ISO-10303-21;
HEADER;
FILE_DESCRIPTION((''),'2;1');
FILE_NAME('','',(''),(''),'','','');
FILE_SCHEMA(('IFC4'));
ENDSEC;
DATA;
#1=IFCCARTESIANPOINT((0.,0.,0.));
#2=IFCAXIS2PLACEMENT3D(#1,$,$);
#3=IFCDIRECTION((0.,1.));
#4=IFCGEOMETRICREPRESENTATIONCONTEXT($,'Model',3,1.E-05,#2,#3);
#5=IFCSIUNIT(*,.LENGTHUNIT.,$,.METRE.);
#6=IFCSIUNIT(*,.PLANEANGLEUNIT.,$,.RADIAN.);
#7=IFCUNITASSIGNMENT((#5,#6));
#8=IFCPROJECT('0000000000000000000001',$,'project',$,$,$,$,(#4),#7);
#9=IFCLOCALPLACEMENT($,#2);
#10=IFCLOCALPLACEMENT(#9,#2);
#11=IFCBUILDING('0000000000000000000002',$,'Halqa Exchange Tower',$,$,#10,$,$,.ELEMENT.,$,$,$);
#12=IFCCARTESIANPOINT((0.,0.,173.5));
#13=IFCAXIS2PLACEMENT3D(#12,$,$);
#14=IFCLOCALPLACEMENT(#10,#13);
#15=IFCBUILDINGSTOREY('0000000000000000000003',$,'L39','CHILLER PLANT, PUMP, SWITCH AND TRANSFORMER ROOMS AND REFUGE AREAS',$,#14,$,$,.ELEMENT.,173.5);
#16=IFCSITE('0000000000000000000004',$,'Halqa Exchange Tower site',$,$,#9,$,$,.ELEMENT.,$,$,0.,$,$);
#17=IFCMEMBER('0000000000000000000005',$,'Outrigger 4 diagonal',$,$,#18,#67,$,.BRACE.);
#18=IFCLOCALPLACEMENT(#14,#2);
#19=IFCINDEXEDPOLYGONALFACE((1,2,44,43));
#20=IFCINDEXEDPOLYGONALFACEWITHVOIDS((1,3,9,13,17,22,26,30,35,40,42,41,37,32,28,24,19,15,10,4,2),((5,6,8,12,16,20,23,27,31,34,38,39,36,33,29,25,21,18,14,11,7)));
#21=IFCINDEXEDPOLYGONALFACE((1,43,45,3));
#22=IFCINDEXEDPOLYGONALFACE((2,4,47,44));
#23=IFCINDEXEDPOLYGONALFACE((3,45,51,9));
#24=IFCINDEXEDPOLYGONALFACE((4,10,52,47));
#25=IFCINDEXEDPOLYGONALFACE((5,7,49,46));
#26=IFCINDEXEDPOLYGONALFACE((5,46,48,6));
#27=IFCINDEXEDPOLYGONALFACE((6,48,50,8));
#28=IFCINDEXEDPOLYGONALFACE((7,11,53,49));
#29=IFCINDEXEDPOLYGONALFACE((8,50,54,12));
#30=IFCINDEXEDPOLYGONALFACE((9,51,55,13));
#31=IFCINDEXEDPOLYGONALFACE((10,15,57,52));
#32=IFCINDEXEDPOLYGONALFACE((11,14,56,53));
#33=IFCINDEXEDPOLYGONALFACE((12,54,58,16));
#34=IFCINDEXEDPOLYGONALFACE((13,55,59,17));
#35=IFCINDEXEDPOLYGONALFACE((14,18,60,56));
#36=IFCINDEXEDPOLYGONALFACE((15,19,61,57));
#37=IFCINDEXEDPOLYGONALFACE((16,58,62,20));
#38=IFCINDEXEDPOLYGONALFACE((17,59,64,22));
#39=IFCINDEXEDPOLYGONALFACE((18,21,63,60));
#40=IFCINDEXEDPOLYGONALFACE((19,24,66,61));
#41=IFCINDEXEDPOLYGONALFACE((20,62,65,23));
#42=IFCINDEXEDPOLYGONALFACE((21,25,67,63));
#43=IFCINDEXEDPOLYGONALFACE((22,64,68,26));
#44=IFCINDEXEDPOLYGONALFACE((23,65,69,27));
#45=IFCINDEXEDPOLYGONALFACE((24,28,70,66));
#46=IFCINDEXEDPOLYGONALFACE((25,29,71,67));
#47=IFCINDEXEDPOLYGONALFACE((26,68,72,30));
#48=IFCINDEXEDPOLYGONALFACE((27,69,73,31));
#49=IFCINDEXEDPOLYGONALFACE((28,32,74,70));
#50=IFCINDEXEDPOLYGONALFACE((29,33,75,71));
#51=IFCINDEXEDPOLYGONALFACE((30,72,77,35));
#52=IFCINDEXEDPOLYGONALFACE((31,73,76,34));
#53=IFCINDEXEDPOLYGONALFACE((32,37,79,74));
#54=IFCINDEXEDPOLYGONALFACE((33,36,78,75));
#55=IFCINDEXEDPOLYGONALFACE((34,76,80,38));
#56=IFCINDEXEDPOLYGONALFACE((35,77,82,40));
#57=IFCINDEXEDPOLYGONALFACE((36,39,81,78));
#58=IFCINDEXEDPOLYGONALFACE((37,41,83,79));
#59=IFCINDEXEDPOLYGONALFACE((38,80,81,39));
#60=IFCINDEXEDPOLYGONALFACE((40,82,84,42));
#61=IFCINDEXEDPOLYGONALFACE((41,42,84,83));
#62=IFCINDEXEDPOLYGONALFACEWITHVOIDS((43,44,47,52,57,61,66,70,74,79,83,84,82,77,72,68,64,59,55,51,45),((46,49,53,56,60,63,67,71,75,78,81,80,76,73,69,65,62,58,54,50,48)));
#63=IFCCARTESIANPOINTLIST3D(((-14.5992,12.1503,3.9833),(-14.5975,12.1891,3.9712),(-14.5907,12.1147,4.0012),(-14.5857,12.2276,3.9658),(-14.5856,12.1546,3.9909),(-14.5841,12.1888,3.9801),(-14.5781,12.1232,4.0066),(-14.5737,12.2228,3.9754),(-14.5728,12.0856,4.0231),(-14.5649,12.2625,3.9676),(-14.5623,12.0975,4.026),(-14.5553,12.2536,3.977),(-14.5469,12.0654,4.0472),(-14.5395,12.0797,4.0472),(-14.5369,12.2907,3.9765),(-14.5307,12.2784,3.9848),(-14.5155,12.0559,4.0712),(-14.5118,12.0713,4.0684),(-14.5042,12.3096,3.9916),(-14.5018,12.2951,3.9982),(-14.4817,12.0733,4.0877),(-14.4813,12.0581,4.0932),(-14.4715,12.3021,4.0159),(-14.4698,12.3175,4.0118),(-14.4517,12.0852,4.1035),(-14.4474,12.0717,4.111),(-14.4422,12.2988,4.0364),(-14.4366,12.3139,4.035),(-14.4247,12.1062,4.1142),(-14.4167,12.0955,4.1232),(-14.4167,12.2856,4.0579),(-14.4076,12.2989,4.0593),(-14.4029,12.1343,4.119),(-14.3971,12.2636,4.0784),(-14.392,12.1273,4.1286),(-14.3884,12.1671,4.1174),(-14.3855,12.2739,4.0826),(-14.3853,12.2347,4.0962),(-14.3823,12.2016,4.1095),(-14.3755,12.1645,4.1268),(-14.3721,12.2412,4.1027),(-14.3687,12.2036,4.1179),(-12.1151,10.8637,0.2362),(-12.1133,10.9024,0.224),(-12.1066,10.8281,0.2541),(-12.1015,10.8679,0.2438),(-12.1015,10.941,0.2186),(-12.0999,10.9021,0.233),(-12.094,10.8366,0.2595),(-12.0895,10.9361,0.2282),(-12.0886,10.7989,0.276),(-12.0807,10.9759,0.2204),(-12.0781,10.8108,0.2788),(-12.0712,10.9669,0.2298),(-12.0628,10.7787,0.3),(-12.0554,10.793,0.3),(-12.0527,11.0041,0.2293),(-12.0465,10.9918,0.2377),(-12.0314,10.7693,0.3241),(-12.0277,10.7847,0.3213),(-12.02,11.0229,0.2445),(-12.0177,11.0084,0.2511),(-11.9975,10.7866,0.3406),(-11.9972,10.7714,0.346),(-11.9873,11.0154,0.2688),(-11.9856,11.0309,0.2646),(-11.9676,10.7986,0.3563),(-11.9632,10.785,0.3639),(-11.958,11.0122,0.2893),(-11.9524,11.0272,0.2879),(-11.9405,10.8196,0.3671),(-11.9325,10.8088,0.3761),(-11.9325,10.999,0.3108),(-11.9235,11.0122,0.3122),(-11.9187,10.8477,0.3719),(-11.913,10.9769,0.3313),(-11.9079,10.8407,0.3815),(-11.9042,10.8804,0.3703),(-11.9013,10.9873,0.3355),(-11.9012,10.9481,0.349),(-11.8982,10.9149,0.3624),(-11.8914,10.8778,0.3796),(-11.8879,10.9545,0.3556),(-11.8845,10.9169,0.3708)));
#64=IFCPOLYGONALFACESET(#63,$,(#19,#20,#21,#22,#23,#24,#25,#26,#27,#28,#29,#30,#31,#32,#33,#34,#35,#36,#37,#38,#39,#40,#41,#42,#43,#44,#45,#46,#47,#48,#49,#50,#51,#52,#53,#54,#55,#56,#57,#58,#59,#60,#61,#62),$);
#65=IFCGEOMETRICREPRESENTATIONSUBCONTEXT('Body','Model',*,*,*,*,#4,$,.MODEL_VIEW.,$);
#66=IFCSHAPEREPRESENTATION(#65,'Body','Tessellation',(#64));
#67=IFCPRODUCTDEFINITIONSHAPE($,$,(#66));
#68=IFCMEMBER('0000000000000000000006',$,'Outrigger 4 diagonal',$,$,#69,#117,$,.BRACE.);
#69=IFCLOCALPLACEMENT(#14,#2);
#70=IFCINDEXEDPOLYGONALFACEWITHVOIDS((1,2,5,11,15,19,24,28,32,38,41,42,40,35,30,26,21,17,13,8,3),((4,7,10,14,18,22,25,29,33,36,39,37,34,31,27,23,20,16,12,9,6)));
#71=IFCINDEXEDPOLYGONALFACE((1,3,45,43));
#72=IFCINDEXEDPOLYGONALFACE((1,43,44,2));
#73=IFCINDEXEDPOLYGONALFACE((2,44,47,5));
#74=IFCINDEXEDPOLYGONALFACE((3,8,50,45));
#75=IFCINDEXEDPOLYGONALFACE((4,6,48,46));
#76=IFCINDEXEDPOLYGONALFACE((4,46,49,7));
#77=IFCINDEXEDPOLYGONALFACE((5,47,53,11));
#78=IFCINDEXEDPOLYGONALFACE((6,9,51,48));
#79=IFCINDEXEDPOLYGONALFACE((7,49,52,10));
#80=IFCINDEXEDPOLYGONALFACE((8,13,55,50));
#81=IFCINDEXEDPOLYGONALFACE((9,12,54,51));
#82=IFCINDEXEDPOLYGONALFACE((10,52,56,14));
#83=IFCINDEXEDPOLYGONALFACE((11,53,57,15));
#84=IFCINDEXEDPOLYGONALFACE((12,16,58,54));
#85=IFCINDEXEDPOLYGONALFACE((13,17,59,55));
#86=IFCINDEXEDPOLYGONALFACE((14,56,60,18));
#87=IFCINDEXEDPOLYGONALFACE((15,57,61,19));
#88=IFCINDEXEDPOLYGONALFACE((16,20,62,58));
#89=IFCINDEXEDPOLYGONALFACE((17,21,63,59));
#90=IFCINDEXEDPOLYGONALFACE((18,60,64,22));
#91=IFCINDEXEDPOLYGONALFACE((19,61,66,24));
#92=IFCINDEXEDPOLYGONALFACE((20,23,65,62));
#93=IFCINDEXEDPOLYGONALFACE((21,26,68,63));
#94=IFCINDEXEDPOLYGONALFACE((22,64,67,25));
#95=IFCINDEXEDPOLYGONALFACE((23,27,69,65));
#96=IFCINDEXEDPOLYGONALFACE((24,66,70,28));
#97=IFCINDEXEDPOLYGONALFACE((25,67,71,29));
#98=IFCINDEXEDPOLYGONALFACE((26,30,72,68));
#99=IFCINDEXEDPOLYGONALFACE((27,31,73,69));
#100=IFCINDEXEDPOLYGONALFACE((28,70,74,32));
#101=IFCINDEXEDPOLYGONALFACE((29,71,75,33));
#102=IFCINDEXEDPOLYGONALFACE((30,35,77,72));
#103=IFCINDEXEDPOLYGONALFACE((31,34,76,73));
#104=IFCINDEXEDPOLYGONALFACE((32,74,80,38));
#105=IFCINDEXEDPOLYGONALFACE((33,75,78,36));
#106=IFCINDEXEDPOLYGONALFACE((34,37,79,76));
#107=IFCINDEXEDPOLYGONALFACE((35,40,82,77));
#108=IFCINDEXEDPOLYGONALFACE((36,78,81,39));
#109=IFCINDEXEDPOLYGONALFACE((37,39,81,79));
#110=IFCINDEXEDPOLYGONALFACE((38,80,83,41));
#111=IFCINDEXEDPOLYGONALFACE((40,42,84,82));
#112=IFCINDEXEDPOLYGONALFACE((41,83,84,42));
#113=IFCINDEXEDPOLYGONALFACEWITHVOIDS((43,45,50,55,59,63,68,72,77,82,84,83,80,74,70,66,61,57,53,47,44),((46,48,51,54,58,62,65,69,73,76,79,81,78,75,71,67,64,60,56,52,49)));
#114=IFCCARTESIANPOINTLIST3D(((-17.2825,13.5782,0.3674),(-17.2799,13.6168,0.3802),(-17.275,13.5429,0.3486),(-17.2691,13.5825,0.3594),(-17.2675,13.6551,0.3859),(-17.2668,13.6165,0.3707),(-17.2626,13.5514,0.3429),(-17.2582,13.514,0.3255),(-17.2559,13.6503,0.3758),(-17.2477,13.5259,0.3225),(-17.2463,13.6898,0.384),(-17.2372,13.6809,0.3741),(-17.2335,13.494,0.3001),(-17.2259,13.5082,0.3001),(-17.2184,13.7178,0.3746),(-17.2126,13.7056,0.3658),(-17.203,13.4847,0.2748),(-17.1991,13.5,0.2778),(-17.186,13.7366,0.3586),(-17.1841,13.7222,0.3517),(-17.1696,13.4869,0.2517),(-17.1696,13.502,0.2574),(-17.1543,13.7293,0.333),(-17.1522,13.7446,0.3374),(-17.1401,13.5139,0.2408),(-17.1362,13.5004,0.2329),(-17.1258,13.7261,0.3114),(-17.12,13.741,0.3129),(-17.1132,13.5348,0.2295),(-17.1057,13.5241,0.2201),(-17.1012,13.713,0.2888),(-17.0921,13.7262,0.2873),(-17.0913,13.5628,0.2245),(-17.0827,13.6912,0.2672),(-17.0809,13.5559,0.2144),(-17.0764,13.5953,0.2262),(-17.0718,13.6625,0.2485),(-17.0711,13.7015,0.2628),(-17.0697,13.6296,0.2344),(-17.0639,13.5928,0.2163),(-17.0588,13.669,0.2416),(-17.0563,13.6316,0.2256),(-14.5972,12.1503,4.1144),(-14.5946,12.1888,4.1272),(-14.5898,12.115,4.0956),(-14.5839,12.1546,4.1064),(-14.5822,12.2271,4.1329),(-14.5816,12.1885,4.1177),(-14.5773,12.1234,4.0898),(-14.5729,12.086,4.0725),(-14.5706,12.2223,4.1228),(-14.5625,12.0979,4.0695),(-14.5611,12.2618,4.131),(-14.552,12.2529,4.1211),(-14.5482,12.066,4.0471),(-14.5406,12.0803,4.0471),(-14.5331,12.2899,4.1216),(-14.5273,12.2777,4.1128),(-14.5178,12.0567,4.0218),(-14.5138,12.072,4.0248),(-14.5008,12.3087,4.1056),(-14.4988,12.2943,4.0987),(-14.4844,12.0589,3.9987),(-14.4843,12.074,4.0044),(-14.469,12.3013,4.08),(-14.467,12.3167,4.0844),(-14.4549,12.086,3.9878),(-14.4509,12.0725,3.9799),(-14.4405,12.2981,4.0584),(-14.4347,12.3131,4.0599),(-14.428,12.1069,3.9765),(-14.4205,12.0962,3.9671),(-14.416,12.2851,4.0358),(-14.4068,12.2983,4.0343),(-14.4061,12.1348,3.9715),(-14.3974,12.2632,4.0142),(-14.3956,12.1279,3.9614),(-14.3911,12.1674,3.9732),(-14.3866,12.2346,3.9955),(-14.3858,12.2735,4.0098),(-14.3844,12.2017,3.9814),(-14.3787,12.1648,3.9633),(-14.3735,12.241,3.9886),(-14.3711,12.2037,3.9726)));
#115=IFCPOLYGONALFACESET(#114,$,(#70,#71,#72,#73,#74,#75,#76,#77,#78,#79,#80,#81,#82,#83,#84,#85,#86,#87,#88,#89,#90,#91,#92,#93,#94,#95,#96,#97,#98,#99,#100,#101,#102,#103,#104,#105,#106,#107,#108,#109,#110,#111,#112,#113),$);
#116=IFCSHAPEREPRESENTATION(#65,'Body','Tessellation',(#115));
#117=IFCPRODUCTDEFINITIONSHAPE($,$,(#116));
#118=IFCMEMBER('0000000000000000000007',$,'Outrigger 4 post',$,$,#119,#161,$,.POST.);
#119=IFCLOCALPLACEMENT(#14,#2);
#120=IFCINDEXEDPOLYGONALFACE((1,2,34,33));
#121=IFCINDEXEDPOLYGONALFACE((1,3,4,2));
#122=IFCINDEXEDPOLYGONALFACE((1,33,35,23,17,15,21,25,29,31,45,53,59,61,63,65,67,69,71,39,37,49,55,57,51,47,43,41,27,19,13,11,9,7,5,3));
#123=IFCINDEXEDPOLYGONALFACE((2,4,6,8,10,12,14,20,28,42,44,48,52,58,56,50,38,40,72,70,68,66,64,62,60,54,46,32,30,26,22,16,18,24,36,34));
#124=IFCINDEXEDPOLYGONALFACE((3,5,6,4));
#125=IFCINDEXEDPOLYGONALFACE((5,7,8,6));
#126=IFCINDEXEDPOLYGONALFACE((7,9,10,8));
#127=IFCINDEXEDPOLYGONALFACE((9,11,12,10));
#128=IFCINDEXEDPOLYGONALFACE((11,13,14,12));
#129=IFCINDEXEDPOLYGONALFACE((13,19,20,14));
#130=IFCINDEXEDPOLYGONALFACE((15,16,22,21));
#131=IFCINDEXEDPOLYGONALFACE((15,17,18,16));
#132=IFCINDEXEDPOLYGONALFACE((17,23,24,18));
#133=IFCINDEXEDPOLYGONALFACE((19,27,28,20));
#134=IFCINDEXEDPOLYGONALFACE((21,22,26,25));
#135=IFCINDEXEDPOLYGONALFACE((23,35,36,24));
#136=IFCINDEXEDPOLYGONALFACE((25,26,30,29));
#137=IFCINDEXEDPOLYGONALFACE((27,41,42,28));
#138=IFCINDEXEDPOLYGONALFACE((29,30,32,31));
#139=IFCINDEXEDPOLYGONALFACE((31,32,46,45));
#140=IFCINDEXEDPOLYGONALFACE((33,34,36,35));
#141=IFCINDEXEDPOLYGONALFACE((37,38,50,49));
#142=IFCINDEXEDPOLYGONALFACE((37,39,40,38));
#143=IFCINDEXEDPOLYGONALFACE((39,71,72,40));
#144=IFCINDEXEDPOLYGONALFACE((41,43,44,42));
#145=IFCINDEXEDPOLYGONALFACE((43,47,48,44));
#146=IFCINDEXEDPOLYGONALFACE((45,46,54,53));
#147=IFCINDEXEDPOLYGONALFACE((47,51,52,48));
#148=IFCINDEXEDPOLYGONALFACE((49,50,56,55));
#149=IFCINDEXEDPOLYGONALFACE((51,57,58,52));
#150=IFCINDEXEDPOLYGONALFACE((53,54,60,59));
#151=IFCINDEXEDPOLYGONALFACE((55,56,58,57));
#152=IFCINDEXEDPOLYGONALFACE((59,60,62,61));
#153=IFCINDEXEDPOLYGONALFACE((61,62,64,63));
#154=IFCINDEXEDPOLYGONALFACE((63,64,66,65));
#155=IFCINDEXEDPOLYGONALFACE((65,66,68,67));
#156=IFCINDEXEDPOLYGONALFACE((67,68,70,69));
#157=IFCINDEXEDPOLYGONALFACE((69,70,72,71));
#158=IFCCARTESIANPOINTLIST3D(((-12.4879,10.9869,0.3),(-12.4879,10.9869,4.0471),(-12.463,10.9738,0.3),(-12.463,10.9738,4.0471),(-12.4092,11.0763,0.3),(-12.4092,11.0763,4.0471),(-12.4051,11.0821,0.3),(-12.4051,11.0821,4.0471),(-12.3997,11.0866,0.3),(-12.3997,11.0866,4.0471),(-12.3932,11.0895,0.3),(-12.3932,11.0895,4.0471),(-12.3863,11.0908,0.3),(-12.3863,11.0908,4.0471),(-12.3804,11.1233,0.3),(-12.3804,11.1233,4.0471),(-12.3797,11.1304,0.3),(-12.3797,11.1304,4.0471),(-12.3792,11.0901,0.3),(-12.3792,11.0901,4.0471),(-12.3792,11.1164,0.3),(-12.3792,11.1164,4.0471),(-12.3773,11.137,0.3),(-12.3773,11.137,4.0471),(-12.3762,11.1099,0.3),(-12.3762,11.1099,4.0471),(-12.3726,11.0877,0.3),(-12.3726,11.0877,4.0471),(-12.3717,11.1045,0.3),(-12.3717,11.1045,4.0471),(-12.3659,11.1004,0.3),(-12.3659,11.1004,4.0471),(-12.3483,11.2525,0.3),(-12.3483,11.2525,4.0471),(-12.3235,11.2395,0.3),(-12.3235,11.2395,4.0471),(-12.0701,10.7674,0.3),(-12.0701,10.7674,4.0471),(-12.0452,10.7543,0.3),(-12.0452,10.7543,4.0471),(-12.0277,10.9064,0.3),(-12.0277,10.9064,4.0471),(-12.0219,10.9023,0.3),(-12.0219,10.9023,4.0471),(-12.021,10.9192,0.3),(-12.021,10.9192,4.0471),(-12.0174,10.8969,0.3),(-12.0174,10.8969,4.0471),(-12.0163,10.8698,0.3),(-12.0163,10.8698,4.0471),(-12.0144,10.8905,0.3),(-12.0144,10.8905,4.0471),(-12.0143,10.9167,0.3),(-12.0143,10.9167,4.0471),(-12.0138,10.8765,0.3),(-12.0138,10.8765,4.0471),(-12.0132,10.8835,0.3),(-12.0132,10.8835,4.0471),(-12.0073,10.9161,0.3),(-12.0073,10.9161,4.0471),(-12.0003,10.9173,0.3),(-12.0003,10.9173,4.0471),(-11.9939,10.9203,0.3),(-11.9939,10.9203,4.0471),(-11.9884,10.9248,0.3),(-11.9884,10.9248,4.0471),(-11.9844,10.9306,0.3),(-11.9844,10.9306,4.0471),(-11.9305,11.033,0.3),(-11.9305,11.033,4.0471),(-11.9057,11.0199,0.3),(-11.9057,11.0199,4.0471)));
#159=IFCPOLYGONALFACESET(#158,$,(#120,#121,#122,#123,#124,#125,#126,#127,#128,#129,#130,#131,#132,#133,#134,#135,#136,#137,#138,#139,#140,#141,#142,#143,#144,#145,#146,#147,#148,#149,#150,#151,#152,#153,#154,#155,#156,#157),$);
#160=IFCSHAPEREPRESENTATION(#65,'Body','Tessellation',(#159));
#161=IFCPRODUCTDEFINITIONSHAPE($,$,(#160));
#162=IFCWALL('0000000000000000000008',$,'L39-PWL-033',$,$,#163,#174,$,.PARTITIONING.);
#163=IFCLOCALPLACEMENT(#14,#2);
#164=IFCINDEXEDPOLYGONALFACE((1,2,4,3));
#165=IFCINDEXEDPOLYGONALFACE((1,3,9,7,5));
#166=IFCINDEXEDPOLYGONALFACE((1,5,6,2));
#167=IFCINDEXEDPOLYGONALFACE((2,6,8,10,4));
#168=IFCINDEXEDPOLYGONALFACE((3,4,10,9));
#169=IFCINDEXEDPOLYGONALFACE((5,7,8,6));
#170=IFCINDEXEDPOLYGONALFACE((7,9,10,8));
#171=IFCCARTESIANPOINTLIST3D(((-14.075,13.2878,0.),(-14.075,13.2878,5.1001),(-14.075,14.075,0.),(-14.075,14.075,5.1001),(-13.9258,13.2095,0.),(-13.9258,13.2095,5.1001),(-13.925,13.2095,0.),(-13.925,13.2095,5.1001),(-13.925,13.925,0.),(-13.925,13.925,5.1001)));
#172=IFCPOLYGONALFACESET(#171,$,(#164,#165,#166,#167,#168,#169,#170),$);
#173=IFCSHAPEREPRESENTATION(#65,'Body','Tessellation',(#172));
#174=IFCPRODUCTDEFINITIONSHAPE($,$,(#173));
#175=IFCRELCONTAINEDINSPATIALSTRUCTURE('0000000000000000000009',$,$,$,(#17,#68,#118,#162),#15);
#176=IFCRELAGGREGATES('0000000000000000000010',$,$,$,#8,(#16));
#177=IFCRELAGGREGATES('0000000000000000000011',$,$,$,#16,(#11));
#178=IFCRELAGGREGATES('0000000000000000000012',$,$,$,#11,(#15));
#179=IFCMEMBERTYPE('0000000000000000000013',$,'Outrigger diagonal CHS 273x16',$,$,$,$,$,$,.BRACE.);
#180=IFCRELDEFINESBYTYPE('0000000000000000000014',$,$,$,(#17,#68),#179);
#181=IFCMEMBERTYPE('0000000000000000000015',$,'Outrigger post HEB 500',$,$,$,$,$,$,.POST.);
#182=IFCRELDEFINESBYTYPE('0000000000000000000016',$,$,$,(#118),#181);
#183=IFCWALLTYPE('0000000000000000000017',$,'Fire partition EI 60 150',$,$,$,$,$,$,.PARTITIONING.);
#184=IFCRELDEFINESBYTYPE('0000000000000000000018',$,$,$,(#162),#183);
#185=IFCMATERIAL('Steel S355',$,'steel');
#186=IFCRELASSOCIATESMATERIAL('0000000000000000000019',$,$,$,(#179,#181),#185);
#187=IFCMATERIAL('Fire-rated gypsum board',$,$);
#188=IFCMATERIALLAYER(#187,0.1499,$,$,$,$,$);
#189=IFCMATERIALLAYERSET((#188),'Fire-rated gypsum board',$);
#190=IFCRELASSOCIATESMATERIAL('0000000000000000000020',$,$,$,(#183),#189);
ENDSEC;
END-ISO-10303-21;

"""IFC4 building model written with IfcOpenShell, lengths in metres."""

from ifc_helpers import new_model, si_unit, direction, frame, origin, origin_2d, place, context, subcontext, project, spatial, polyline, hollow_circle, i_section, outline, extrude, material, layer, layer_set, material_profile, profile_set, type_object, element, save


model = new_model("IFC4")

# Units and contexts
model_context = context("Model", 3, precision=1e-05, world=origin(), true_north=direction((0.0, 1.0)))
body_context = subcontext(model_context, "Body", "Model", "MODEL_VIEW")
ifc_project = project(units=[si_unit("LENGTHUNIT", "METRE"), si_unit("PLANEANGLEUNIT", "RADIAN")], contexts=[model_context])

# Site, building, storey
site_placement = place(None, origin())
site = spatial("IfcSite", under=ifc_project, at=site_placement, Name="Halqa Exchange Tower site", CompositionType="ELEMENT", RefElevation=0.0)
building_placement = place(site_placement, origin())
building = spatial("IfcBuilding", under=site, at=building_placement, Name="Halqa Exchange Tower", CompositionType="ELEMENT")
storey_placement = place(building_placement, frame((0.0, 0.0, 173.5)))
storey = spatial("IfcBuildingStorey", under=building, at=storey_placement, Name="L39", Description="CHILLER PLANT, PUMP, SWITCH AND TRANSFORMER ROOMS AND REFUGE AREAS", CompositionType="ELEMENT", Elevation=173.5)

# Shared definitions
ifc_material_1 = material(Name="Steel S355", Category="steel")

# Members
ifc_material_profile_1 = material_profile(ifc_material_1, hollow_circle(Radius=0.1365, WallThickness=0.0161, at=origin_2d()), Name="CHS 273x16")
ifc_profile_set_1 = profile_set([ifc_material_profile_1], Name="Steel S355")
member_type_1 = type_object("IfcMemberType", Name="Outrigger diagonal CHS 273x16", PredefinedType="BRACE", material=ifc_profile_set_1)
member_1_placement = place(storey_placement, frame((-12.0, 10.8999, 0.3), z_axis=(-0.531229, 0.275143, 0.801307), x_axis=(-0.45991, -0.887966, 0.0)))
element("IfcMember", 1, at=member_1_placement, inside=storey, type_object=member_type_1, Name="Outrigger 4 diagonal", PredefinedType="BRACE", context=body_context, shape_type="SweptSolid", body=[
    extrude(hollow_circle(Radius=0.1365, WallThickness=0.0161, at=origin_2d()), origin(), (0.0, 0.0, 1.0), 4.6763),
])
member_2_placement = place(storey_placement, frame((-14.4841, 12.1865, 4.0471), z_axis=(-0.556421, 0.295891, -0.77643), x_axis=(-0.469517, -0.882923, 0.0)))
element("IfcMember", 2, at=member_2_placement, inside=storey, type_object=member_type_1, Name="Outrigger 4 diagonal", PredefinedType="BRACE", context=body_context, shape_type="SweptSolid", body=[
    extrude(hollow_circle(Radius=0.1365, WallThickness=0.0161, at=origin_2d()), origin(), (0.0, 0.0, 1.0), 4.8259),
])
ifc_material_profile_2 = material_profile(ifc_material_1, i_section(OverallWidth=0.3, OverallDepth=0.5, WebThickness=0.0144, FlangeThickness=0.0281, FilletRadius=0.0271, at=origin_2d()), Name="HEB 500")
ifc_profile_set_2 = profile_set([ifc_material_profile_2], Name="Steel S355")
member_type_2 = type_object("IfcMemberType", Name="Outrigger post HEB 500", PredefinedType="POST", material=ifc_profile_set_2)
member_3_placement = place(storey_placement, frame((-12.1968, 11.0034, 0.3), z_axis=(0.0, 0.0, 1.0), x_axis=(-0.465136, -0.885239, 0.0)))
element("IfcMember", 3, at=member_3_placement, inside=storey, type_object=member_type_2, Name="Outrigger 4 post", PredefinedType="POST", context=body_context, shape_type="SweptSolid", body=[
    extrude(i_section(OverallWidth=0.3, OverallDepth=0.5, WebThickness=0.0144, FlangeThickness=0.0281, FilletRadius=0.0271, at=origin_2d()), origin(), (0.0, 0.0, 1.0), 3.7471),
])

# Shared definitions
ifc_material_2 = material(Name="Fire-rated gypsum board")
ifc_layer_1 = layer(ifc_material_2, 0.1499)
ifc_layer_set_1 = layer_set([ifc_layer_1], Name="Fire-rated gypsum board")
wall_type_1 = type_object("IfcWallType", Name="Fire partition EI 60 150", PredefinedType="PARTITIONING", material=ifc_layer_set_1)

# Wall
wall_1_placement = place(storey_placement, frame((-14.0, 13.2095, 0.0), z_axis=(0.0, 0.0, 1.0), x_axis=(0.0, 1.0, 0.0)))
element("IfcWall", 4, at=wall_1_placement, inside=storey, type_object=wall_type_1, Name="L39-PWL-033", PredefinedType="PARTITIONING", context=body_context, shape_type="SweptSolid", body=[
    extrude(outline(polyline([(0.0, -0.075), (0.7156, -0.075), (0.8655, 0.075), (0.0784, 0.075), (0.0, -0.0742), (0.0, -0.075)])), origin(), (0.0, 0.0, 1.0), 5.1001),
])

save(model, "model.ifc")
